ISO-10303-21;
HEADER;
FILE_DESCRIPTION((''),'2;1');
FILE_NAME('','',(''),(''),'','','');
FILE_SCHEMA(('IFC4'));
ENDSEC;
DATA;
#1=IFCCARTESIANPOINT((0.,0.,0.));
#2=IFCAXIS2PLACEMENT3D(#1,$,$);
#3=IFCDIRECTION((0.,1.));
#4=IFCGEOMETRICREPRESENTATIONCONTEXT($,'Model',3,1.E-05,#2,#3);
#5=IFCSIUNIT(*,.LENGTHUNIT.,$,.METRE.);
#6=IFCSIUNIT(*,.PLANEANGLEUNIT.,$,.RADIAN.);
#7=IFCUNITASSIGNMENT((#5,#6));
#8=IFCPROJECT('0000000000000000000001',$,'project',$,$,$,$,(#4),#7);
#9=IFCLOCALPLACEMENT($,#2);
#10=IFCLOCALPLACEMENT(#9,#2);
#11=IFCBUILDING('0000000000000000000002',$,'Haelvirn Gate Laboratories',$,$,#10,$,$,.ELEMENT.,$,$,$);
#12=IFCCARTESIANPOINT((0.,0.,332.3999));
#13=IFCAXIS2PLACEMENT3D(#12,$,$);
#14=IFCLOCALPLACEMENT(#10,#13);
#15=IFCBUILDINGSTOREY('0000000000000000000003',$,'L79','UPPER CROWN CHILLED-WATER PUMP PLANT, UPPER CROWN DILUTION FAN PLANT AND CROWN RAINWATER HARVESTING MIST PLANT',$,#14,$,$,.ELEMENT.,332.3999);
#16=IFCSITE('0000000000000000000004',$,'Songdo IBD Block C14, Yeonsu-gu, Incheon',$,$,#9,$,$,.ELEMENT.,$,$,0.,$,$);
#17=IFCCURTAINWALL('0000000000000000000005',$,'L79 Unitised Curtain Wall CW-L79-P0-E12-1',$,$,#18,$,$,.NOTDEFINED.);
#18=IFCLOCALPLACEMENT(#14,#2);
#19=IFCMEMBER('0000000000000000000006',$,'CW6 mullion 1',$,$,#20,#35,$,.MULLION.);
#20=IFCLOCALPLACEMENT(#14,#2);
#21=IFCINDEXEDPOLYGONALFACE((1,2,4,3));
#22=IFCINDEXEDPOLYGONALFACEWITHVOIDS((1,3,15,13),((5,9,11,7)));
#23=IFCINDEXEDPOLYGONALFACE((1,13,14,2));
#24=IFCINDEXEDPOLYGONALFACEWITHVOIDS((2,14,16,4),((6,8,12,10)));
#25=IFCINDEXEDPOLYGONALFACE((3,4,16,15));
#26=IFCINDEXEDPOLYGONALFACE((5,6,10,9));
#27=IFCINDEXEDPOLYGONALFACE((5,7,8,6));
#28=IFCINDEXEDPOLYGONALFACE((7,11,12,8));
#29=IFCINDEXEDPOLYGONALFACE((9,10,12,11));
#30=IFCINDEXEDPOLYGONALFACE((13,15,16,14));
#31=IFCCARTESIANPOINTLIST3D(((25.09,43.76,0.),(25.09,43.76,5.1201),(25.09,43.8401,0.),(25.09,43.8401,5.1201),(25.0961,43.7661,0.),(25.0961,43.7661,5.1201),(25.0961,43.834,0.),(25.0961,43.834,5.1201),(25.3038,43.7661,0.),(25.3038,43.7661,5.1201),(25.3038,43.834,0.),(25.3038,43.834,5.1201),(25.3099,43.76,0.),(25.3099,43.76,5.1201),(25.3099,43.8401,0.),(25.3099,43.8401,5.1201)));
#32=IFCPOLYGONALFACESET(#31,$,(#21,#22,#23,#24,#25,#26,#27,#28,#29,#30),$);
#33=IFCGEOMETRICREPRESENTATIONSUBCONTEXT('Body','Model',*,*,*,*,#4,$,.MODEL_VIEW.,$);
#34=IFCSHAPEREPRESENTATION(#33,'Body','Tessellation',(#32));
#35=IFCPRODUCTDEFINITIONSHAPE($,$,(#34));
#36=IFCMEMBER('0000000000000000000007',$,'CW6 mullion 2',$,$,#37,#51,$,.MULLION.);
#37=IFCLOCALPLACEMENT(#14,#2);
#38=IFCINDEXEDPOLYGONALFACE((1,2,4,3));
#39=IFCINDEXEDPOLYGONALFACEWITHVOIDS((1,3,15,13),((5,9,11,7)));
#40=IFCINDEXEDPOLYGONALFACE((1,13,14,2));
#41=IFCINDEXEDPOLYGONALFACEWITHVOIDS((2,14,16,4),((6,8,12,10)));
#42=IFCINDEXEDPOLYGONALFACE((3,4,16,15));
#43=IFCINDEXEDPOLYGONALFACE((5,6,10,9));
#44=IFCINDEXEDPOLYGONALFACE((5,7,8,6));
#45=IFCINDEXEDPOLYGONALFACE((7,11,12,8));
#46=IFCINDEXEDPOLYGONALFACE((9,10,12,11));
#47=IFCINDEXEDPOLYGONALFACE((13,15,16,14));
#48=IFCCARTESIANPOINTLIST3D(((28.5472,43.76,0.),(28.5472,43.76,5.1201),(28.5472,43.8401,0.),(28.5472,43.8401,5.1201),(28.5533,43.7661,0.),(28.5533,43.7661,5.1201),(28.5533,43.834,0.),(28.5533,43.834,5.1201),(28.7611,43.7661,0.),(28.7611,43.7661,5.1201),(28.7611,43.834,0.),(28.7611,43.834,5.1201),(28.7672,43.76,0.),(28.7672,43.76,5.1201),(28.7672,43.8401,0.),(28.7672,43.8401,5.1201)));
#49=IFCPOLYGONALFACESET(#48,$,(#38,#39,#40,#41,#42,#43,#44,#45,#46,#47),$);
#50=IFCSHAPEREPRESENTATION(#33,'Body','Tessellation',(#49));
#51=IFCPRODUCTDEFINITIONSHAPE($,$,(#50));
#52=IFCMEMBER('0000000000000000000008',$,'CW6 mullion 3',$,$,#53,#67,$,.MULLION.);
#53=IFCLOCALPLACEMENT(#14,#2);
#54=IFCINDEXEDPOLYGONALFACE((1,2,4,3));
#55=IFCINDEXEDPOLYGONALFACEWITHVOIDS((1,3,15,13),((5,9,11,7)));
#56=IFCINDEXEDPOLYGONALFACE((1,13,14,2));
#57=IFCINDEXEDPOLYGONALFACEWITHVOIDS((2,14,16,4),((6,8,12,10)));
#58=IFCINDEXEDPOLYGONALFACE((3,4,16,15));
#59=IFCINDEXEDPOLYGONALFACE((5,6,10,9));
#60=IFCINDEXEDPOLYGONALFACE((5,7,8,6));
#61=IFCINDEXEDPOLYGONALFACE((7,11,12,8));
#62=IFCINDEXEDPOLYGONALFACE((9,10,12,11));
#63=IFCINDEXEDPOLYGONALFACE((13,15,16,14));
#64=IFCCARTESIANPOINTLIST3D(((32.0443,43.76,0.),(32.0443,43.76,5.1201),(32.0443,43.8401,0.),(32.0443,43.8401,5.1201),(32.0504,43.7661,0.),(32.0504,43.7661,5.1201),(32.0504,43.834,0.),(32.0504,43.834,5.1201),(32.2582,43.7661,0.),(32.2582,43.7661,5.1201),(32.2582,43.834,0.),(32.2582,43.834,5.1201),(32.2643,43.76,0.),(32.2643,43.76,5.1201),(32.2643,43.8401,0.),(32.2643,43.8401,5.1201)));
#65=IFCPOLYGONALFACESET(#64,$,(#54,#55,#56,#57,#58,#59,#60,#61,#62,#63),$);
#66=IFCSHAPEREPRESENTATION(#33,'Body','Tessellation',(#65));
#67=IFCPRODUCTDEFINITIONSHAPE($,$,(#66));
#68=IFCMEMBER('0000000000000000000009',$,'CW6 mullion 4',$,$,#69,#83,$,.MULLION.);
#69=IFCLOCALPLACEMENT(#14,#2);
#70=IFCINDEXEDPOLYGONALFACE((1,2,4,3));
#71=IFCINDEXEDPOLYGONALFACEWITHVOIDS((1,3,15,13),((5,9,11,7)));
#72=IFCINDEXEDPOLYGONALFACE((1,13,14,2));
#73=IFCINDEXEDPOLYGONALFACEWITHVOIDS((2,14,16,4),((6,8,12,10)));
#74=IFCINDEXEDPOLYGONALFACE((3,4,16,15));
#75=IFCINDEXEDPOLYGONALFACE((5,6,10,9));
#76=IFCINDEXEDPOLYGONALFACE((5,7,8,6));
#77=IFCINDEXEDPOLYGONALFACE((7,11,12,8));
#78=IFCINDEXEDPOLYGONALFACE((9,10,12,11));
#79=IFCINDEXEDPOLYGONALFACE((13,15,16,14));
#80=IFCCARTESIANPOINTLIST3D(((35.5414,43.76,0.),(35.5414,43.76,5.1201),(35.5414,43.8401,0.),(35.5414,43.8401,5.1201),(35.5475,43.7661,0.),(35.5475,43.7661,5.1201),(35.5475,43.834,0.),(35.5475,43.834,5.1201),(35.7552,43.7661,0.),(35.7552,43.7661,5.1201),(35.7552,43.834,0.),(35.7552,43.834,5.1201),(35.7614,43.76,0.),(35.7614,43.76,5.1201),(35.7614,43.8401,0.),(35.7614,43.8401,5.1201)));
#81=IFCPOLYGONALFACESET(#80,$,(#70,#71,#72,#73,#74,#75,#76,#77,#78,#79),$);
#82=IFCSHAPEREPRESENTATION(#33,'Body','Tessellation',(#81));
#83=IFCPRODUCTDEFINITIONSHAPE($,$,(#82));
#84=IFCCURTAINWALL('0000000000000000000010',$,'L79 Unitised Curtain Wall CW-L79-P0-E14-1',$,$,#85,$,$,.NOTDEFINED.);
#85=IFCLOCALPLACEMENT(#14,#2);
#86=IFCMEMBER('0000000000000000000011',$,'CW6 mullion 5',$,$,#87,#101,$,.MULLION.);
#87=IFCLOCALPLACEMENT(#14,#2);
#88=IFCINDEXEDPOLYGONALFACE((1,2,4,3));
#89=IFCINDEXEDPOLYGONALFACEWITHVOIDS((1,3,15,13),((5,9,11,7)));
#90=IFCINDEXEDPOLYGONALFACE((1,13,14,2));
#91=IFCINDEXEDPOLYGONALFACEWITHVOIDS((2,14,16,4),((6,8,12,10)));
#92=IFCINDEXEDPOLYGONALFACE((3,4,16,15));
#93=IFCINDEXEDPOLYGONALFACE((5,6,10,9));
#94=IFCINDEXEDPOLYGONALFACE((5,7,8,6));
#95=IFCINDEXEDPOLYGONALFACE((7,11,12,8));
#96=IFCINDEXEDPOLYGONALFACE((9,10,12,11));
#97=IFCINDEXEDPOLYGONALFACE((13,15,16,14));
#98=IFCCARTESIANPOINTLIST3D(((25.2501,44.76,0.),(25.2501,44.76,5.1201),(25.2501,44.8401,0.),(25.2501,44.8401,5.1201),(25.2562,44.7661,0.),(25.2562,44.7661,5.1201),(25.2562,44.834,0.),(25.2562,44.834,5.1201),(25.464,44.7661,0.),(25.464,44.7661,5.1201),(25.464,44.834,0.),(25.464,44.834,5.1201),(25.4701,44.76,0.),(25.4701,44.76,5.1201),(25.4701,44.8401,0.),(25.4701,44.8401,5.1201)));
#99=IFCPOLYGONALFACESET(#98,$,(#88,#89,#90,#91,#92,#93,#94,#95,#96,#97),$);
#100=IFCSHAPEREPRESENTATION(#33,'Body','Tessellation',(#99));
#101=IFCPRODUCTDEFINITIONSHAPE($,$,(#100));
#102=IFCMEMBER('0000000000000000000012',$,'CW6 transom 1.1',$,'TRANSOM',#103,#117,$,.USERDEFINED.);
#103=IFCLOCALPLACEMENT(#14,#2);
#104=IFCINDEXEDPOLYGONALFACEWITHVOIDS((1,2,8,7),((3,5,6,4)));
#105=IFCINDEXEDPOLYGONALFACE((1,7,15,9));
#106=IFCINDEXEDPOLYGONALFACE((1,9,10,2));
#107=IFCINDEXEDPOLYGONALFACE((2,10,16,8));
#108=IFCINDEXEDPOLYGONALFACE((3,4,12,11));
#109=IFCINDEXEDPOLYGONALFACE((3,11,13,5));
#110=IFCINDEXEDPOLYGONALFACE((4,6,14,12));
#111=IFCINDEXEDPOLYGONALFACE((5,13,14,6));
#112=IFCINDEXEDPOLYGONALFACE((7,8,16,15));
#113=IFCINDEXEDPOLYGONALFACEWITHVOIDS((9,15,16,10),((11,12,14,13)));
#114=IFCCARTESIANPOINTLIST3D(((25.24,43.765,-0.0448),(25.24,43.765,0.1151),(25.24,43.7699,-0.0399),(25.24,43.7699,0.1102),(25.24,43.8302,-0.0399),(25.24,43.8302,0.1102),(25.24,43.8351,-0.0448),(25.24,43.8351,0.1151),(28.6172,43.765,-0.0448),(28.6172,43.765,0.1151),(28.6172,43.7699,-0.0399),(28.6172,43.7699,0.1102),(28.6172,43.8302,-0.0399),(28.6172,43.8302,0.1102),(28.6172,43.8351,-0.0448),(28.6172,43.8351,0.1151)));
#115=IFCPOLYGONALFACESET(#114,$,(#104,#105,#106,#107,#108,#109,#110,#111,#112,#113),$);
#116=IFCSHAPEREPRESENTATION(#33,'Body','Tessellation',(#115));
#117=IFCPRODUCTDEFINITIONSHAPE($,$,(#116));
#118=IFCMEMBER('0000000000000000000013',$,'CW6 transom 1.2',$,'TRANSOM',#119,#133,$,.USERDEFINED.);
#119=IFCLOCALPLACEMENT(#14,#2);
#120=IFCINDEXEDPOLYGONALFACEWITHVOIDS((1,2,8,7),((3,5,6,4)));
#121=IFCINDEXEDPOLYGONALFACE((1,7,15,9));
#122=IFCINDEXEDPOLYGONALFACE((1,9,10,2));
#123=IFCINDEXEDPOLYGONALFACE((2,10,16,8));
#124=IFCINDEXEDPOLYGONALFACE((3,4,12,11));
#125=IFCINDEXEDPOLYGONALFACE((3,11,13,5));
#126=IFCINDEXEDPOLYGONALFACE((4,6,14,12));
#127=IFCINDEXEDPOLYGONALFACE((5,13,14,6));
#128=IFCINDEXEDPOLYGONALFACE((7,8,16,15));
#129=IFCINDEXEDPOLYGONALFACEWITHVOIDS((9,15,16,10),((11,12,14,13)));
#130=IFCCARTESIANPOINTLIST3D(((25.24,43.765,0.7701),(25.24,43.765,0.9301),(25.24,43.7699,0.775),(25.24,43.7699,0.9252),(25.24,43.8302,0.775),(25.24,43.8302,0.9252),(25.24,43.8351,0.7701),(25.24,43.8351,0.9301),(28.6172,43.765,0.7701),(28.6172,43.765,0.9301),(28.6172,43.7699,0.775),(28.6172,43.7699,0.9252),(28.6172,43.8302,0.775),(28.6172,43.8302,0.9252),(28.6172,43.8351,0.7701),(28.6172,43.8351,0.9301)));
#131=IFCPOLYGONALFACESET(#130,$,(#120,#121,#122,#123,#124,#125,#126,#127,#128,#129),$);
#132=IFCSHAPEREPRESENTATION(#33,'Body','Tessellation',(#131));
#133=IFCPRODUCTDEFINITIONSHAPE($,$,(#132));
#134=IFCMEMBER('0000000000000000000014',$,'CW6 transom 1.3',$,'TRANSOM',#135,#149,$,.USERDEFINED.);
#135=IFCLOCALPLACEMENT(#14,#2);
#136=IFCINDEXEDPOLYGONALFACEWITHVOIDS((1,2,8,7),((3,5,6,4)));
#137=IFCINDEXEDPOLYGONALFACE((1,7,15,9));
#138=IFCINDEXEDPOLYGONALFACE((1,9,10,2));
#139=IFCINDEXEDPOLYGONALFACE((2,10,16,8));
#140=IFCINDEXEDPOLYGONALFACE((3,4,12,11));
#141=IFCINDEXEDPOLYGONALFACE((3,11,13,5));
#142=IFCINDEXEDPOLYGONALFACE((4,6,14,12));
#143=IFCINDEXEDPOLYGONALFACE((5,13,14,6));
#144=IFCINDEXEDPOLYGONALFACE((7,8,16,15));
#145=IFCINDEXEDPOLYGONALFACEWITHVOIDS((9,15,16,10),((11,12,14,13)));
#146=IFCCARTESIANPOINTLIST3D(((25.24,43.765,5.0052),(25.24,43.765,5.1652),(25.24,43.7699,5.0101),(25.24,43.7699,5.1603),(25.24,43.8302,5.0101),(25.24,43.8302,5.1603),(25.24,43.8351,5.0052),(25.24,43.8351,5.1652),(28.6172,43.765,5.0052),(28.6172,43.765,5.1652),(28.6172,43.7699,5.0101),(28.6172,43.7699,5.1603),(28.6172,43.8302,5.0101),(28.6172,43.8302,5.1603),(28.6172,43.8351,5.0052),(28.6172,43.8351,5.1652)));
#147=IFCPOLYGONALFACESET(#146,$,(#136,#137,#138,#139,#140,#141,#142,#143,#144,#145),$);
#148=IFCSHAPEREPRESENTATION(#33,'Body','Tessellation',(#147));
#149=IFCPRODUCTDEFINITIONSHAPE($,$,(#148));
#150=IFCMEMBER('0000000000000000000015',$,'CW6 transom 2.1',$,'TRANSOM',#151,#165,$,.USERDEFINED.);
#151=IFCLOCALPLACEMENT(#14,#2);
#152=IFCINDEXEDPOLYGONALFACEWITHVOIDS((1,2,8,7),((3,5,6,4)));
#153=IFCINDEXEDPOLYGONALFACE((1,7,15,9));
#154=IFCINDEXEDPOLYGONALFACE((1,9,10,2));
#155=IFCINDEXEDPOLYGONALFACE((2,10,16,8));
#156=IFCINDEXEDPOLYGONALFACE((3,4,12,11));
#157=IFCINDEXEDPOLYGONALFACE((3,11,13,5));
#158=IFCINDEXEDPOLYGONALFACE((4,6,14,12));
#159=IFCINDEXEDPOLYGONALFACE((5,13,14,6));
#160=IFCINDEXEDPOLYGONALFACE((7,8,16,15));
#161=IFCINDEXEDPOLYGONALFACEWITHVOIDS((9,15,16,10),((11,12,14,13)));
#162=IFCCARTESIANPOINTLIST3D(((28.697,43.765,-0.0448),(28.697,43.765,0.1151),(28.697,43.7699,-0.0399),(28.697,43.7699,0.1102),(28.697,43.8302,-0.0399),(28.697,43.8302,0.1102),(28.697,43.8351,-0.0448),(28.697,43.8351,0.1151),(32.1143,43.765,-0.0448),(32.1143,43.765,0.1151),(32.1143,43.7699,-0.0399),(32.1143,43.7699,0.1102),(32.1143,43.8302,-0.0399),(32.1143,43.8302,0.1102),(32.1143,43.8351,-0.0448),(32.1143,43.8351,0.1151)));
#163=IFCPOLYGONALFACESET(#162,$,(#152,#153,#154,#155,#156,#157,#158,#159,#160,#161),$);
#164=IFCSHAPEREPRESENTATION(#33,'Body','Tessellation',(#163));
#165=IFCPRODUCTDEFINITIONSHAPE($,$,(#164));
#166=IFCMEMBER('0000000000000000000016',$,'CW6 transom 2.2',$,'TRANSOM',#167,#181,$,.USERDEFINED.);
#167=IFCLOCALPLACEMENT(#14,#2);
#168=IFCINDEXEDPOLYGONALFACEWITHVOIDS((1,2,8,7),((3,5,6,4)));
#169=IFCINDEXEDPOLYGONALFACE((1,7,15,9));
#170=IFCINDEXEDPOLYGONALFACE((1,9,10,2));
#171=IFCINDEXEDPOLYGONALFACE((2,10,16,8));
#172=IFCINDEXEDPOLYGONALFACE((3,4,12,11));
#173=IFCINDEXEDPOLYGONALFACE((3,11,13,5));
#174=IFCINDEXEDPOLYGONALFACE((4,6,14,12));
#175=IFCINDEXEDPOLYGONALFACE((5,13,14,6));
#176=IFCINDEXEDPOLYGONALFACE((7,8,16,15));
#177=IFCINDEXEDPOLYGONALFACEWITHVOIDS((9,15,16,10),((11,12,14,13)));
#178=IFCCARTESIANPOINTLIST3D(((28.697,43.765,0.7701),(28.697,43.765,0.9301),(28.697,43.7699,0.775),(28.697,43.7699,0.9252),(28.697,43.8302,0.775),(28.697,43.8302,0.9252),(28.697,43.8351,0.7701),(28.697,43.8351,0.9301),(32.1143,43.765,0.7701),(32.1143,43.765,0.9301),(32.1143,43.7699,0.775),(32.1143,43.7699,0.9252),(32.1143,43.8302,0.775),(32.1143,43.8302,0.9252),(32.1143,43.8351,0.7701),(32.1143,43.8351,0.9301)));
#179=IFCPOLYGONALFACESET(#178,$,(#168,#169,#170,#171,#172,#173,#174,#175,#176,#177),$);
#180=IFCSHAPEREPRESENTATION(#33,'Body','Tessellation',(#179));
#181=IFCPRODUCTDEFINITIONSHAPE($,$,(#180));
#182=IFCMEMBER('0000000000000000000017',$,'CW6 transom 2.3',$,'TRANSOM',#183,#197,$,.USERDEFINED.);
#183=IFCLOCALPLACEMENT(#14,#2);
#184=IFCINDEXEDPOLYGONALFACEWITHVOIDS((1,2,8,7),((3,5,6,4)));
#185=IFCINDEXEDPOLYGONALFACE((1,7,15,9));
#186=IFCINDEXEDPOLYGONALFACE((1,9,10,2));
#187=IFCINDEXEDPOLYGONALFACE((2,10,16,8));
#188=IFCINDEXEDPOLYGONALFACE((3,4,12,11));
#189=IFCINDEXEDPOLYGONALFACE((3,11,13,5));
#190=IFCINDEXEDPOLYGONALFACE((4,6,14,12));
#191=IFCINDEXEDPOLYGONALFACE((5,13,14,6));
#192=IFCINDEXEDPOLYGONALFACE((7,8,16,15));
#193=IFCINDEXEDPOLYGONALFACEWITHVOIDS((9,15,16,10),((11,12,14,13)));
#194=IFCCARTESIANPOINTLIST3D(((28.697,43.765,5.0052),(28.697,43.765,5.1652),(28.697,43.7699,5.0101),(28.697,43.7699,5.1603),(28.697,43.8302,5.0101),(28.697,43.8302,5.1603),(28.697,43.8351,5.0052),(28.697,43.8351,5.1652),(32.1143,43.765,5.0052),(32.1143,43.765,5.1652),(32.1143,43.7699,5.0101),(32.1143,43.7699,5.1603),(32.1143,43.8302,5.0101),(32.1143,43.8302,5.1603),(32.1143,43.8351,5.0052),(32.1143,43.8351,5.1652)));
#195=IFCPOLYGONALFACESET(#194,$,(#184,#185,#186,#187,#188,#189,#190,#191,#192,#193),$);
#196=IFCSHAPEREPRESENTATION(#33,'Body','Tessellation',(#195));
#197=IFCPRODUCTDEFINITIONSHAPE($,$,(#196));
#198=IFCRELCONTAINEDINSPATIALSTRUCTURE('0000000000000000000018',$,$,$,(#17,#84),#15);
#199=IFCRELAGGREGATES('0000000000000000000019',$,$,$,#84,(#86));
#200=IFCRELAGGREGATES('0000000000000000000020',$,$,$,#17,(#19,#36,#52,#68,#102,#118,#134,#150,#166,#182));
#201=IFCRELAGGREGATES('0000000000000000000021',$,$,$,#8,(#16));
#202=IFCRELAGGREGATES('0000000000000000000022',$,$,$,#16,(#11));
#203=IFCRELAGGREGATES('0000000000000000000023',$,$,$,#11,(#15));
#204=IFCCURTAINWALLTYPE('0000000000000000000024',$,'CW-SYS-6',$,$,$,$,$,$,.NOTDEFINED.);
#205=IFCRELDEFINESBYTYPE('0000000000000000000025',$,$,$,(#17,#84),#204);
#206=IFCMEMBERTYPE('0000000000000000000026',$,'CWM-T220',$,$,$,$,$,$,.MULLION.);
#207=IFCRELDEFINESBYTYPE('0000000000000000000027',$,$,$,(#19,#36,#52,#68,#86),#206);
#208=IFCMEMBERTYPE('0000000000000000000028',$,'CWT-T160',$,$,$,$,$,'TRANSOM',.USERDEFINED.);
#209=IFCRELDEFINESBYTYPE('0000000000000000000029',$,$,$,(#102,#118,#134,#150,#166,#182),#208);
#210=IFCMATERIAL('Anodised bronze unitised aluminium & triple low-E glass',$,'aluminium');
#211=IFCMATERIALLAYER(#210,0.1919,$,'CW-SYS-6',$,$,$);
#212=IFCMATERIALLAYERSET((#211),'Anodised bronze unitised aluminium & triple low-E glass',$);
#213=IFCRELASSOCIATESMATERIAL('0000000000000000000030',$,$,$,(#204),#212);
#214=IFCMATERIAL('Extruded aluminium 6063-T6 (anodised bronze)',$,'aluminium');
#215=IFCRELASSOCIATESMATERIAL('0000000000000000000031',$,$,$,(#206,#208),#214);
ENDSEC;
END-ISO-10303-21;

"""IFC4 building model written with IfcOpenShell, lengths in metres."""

from ifc_helpers import new_model, si_unit, direction, frame, origin, origin_2d, place, context, subcontext, project, spatial, hollow_rectangle, extrude, source, transform, mapped, material, layer, layer_set, material_profile, profile_set, type_object, type_shapes, element, aggregate, save


model = new_model("IFC4")

# Units and contexts
model_context = context("Model", 3, precision=1e-05, world=origin(), true_north=direction((0.0, 1.0)))
body_context = subcontext(model_context, "Body", "Model", "MODEL_VIEW")
ifc_project = project(units=[si_unit("LENGTHUNIT", "METRE"), si_unit("PLANEANGLEUNIT", "RADIAN")], contexts=[model_context])

# Site, building, storey
site_placement = place(None, origin())
site = spatial("IfcSite", under=ifc_project, at=site_placement, Name="Songdo IBD Block C14, Yeonsu-gu, Incheon", CompositionType="ELEMENT", RefElevation=0.0)
building_placement = place(site_placement, origin())
building = spatial("IfcBuilding", under=site, at=building_placement, Name="Haelvirn Gate Laboratories", CompositionType="ELEMENT")
storey_placement = place(building_placement, frame((0.0, 0.0, 332.3999)))
storey = spatial("IfcBuildingStorey", under=building, at=storey_placement, Name="L79", Description="UPPER CROWN CHILLED-WATER PUMP PLANT, UPPER CROWN DILUTION FAN PLANT AND CROWN RAINWATER HARVESTING MIST PLANT", CompositionType="ELEMENT", Elevation=332.3999)

# Curtain wall, members
ifc_material_1 = material(Name="Anodised bronze unitised aluminium & triple low-E glass", Category="aluminium")
ifc_layer_1 = layer(ifc_material_1, 0.1919, Name="CW-SYS-6")
ifc_layer_set_1 = layer_set([ifc_layer_1], Name="Anodised bronze unitised aluminium & triple low-E glass")
curtain_wall_type = type_object("IfcCurtainWallType", Name="CW-SYS-6", PredefinedType="NOTDEFINED", material=ifc_layer_set_1)
curtain_wall_1_placement = place(storey_placement, origin())
curtain_wall_1 = element("IfcCurtainWall", 1, at=curtain_wall_1_placement, inside=storey, type_object=curtain_wall_type, Name="L79 Unitised Curtain Wall CW-L79-P0-E12-1", PredefinedType="NOTDEFINED")
ifc_material_2 = material(Name="Extruded aluminium 6063-T6 (anodised bronze)", Category="aluminium")
ifc_material_profile_1 = material_profile(ifc_material_2, hollow_rectangle(XDim=0.0801, YDim=0.22, WallThickness=0.0061, at=origin_2d()), Name="CWM-220x80x6")
ifc_profile_set_1 = profile_set([ifc_material_profile_1], Name="Extruded aluminium 6063-T6 (anodised bronze)")
member_type_1 = type_object("IfcMemberType", Name="CWM-T220", PredefinedType="MULLION", material=ifc_profile_set_1)
shared_shape_1 = source(origin(), body_context, "Body", "SweptSolid", [
    extrude(hollow_rectangle(XDim=0.0801, YDim=0.22, WallThickness=0.0061, at=origin_2d()), origin(), (0.0, 0.0, 1.0), 5.1201),
])
type_shapes(member_type_1, [shared_shape_1])
member_1_placement = place(storey_placement, frame((25.2, 43.8, 0.0), z_axis=(0.0, 0.0, 1.0), x_axis=(0.0, 1.0, 0.0)))
member_1 = element("IfcMember", 2, at=member_1_placement, type_object=member_type_1, Name="CW6 mullion 1", PredefinedType="MULLION", context=body_context, shape_type="MappedRepresentation", body=[
    mapped(shared_shape_1, transform((0.0, 0.0, 0.0), scale=1.0)),
])
member_2_placement = place(storey_placement, frame((28.6572, 43.8, 0.0), z_axis=(0.0, 0.0, 1.0), x_axis=(0.0, 1.0, 0.0)))
member_2 = element("IfcMember", 3, at=member_2_placement, type_object=member_type_1, Name="CW6 mullion 2", PredefinedType="MULLION", context=body_context, shape_type="MappedRepresentation", body=[
    mapped(shared_shape_1, transform((0.0, 0.0, 0.0), scale=1.0)),
])
member_3_placement = place(storey_placement, frame((32.1543, 43.8, 0.0), z_axis=(0.0, 0.0, 1.0), x_axis=(0.0, 1.0, 0.0)))
member_3 = element("IfcMember", 4, at=member_3_placement, type_object=member_type_1, Name="CW6 mullion 3", PredefinedType="MULLION", context=body_context, shape_type="MappedRepresentation", body=[
    mapped(shared_shape_1, transform((0.0, 0.0, 0.0), scale=1.0)),
])
member_4_placement = place(storey_placement, frame((35.6514, 43.8, 0.0), z_axis=(0.0, 0.0, 1.0), x_axis=(0.0, 1.0, 0.0)))
member_4 = element("IfcMember", 5, at=member_4_placement, type_object=member_type_1, Name="CW6 mullion 4", PredefinedType="MULLION", context=body_context, shape_type="MappedRepresentation", body=[
    mapped(shared_shape_1, transform((0.0, 0.0, 0.0), scale=1.0)),
])

# Curtain wall, member
curtain_wall_2_placement = place(storey_placement, origin())
curtain_wall_2 = element("IfcCurtainWall", 6, at=curtain_wall_2_placement, inside=storey, type_object=curtain_wall_type, Name="L79 Unitised Curtain Wall CW-L79-P0-E14-1", PredefinedType="NOTDEFINED")
member_5_placement = place(storey_placement, frame((25.3601, 44.8, 0.0), z_axis=(0.0, 0.0, 1.0), x_axis=(0.0, 1.0, 0.0)))
member_5 = element("IfcMember", 7, at=member_5_placement, type_object=member_type_1, Name="CW6 mullion 5", PredefinedType="MULLION", context=body_context, shape_type="MappedRepresentation", body=[
    mapped(shared_shape_1, transform((0.0, 0.0, 0.0), scale=1.0)),
])
aggregate(curtain_wall_2, [member_5])

# Members
ifc_material_profile_2 = material_profile(ifc_material_2, hollow_rectangle(XDim=0.0701, YDim=0.1599, WallThickness=0.0049, at=origin_2d()), Name="CWT-160x70x5")
ifc_profile_set_2 = profile_set([ifc_material_profile_2], Name="Extruded aluminium 6063-T6 (anodised bronze)")
member_type_2 = type_object("IfcMemberType", Name="CWT-T160", ElementType="TRANSOM", PredefinedType="USERDEFINED", material=ifc_profile_set_2)
shared_shape_2 = source(origin(), body_context, "Body", "SweptSolid", [
    extrude(hollow_rectangle(XDim=0.0701, YDim=0.1599, WallThickness=0.0049, at=origin_2d()), origin(), (0.0, 0.0, 1.0), 3.3772),
])
member_6_placement = place(storey_placement, frame((25.24, 43.8, 0.0352), z_axis=(1.0, 0.0, 0.0), x_axis=(0.0, 1.0, 0.0)))
member_6 = element("IfcMember", 8, at=member_6_placement, type_object=member_type_2, Name="CW6 transom 1.1", ObjectType="TRANSOM", PredefinedType="USERDEFINED", context=body_context, shape_type="MappedRepresentation", body=[
    mapped(shared_shape_2, transform((0.0, 0.0, 0.0), scale=1.0)),
])
member_7_placement = place(storey_placement, frame((25.24, 43.8, 0.8501), z_axis=(1.0, 0.0, 0.0), x_axis=(0.0, 1.0, 0.0)))
member_7 = element("IfcMember", 9, at=member_7_placement, type_object=member_type_2, Name="CW6 transom 1.2", ObjectType="TRANSOM", PredefinedType="USERDEFINED", context=body_context, shape_type="MappedRepresentation", body=[
    mapped(shared_shape_2, transform((0.0, 0.0, 0.0), scale=1.0)),
])
member_8_placement = place(storey_placement, frame((25.24, 43.8, 5.0852), z_axis=(1.0, 0.0, 0.0), x_axis=(0.0, 1.0, 0.0)))
member_8 = element("IfcMember", 10, at=member_8_placement, type_object=member_type_2, Name="CW6 transom 1.3", ObjectType="TRANSOM", PredefinedType="USERDEFINED", context=body_context, shape_type="MappedRepresentation", body=[
    mapped(shared_shape_2, transform((0.0, 0.0, 0.0), scale=1.0)),
])
shared_shape_3 = source(origin(), body_context, "Body", "SweptSolid", [
    extrude(hollow_rectangle(XDim=0.0701, YDim=0.1599, WallThickness=0.0049, at=origin_2d()), origin(), (0.0, 0.0, 1.0), 3.4172),
])
member_9_placement = place(storey_placement, frame((28.697, 43.8, 0.0352), z_axis=(1.0, 0.0, 0.0), x_axis=(0.0, 1.0, 0.0)))
member_9 = element("IfcMember", 11, at=member_9_placement, type_object=member_type_2, Name="CW6 transom 2.1", ObjectType="TRANSOM", PredefinedType="USERDEFINED", context=body_context, shape_type="MappedRepresentation", body=[
    mapped(shared_shape_3, transform((0.0, 0.0, 0.0), scale=1.0)),
])
member_10_placement = place(storey_placement, frame((28.697, 43.8, 0.8501), z_axis=(1.0, 0.0, 0.0), x_axis=(0.0, 1.0, 0.0)))
member_10 = element("IfcMember", 12, at=member_10_placement, type_object=member_type_2, Name="CW6 transom 2.2", ObjectType="TRANSOM", PredefinedType="USERDEFINED", context=body_context, shape_type="MappedRepresentation", body=[
    mapped(shared_shape_3, transform((0.0, 0.0, 0.0), scale=1.0)),
])
member_11_placement = place(storey_placement, frame((28.697, 43.8, 5.0852), z_axis=(1.0, 0.0, 0.0), x_axis=(0.0, 1.0, 0.0)))
member_11 = element("IfcMember", 13, at=member_11_placement, type_object=member_type_2, Name="CW6 transom 2.3", ObjectType="TRANSOM", PredefinedType="USERDEFINED", context=body_context, shape_type="MappedRepresentation", body=[
    mapped(shared_shape_3, transform((0.0, 0.0, 0.0), scale=1.0)),
])

aggregate(curtain_wall_1, [member_1, member_2, member_3, member_4, member_6, member_7, member_8, member_9, member_10, member_11])

save(model, "model.ifc")
